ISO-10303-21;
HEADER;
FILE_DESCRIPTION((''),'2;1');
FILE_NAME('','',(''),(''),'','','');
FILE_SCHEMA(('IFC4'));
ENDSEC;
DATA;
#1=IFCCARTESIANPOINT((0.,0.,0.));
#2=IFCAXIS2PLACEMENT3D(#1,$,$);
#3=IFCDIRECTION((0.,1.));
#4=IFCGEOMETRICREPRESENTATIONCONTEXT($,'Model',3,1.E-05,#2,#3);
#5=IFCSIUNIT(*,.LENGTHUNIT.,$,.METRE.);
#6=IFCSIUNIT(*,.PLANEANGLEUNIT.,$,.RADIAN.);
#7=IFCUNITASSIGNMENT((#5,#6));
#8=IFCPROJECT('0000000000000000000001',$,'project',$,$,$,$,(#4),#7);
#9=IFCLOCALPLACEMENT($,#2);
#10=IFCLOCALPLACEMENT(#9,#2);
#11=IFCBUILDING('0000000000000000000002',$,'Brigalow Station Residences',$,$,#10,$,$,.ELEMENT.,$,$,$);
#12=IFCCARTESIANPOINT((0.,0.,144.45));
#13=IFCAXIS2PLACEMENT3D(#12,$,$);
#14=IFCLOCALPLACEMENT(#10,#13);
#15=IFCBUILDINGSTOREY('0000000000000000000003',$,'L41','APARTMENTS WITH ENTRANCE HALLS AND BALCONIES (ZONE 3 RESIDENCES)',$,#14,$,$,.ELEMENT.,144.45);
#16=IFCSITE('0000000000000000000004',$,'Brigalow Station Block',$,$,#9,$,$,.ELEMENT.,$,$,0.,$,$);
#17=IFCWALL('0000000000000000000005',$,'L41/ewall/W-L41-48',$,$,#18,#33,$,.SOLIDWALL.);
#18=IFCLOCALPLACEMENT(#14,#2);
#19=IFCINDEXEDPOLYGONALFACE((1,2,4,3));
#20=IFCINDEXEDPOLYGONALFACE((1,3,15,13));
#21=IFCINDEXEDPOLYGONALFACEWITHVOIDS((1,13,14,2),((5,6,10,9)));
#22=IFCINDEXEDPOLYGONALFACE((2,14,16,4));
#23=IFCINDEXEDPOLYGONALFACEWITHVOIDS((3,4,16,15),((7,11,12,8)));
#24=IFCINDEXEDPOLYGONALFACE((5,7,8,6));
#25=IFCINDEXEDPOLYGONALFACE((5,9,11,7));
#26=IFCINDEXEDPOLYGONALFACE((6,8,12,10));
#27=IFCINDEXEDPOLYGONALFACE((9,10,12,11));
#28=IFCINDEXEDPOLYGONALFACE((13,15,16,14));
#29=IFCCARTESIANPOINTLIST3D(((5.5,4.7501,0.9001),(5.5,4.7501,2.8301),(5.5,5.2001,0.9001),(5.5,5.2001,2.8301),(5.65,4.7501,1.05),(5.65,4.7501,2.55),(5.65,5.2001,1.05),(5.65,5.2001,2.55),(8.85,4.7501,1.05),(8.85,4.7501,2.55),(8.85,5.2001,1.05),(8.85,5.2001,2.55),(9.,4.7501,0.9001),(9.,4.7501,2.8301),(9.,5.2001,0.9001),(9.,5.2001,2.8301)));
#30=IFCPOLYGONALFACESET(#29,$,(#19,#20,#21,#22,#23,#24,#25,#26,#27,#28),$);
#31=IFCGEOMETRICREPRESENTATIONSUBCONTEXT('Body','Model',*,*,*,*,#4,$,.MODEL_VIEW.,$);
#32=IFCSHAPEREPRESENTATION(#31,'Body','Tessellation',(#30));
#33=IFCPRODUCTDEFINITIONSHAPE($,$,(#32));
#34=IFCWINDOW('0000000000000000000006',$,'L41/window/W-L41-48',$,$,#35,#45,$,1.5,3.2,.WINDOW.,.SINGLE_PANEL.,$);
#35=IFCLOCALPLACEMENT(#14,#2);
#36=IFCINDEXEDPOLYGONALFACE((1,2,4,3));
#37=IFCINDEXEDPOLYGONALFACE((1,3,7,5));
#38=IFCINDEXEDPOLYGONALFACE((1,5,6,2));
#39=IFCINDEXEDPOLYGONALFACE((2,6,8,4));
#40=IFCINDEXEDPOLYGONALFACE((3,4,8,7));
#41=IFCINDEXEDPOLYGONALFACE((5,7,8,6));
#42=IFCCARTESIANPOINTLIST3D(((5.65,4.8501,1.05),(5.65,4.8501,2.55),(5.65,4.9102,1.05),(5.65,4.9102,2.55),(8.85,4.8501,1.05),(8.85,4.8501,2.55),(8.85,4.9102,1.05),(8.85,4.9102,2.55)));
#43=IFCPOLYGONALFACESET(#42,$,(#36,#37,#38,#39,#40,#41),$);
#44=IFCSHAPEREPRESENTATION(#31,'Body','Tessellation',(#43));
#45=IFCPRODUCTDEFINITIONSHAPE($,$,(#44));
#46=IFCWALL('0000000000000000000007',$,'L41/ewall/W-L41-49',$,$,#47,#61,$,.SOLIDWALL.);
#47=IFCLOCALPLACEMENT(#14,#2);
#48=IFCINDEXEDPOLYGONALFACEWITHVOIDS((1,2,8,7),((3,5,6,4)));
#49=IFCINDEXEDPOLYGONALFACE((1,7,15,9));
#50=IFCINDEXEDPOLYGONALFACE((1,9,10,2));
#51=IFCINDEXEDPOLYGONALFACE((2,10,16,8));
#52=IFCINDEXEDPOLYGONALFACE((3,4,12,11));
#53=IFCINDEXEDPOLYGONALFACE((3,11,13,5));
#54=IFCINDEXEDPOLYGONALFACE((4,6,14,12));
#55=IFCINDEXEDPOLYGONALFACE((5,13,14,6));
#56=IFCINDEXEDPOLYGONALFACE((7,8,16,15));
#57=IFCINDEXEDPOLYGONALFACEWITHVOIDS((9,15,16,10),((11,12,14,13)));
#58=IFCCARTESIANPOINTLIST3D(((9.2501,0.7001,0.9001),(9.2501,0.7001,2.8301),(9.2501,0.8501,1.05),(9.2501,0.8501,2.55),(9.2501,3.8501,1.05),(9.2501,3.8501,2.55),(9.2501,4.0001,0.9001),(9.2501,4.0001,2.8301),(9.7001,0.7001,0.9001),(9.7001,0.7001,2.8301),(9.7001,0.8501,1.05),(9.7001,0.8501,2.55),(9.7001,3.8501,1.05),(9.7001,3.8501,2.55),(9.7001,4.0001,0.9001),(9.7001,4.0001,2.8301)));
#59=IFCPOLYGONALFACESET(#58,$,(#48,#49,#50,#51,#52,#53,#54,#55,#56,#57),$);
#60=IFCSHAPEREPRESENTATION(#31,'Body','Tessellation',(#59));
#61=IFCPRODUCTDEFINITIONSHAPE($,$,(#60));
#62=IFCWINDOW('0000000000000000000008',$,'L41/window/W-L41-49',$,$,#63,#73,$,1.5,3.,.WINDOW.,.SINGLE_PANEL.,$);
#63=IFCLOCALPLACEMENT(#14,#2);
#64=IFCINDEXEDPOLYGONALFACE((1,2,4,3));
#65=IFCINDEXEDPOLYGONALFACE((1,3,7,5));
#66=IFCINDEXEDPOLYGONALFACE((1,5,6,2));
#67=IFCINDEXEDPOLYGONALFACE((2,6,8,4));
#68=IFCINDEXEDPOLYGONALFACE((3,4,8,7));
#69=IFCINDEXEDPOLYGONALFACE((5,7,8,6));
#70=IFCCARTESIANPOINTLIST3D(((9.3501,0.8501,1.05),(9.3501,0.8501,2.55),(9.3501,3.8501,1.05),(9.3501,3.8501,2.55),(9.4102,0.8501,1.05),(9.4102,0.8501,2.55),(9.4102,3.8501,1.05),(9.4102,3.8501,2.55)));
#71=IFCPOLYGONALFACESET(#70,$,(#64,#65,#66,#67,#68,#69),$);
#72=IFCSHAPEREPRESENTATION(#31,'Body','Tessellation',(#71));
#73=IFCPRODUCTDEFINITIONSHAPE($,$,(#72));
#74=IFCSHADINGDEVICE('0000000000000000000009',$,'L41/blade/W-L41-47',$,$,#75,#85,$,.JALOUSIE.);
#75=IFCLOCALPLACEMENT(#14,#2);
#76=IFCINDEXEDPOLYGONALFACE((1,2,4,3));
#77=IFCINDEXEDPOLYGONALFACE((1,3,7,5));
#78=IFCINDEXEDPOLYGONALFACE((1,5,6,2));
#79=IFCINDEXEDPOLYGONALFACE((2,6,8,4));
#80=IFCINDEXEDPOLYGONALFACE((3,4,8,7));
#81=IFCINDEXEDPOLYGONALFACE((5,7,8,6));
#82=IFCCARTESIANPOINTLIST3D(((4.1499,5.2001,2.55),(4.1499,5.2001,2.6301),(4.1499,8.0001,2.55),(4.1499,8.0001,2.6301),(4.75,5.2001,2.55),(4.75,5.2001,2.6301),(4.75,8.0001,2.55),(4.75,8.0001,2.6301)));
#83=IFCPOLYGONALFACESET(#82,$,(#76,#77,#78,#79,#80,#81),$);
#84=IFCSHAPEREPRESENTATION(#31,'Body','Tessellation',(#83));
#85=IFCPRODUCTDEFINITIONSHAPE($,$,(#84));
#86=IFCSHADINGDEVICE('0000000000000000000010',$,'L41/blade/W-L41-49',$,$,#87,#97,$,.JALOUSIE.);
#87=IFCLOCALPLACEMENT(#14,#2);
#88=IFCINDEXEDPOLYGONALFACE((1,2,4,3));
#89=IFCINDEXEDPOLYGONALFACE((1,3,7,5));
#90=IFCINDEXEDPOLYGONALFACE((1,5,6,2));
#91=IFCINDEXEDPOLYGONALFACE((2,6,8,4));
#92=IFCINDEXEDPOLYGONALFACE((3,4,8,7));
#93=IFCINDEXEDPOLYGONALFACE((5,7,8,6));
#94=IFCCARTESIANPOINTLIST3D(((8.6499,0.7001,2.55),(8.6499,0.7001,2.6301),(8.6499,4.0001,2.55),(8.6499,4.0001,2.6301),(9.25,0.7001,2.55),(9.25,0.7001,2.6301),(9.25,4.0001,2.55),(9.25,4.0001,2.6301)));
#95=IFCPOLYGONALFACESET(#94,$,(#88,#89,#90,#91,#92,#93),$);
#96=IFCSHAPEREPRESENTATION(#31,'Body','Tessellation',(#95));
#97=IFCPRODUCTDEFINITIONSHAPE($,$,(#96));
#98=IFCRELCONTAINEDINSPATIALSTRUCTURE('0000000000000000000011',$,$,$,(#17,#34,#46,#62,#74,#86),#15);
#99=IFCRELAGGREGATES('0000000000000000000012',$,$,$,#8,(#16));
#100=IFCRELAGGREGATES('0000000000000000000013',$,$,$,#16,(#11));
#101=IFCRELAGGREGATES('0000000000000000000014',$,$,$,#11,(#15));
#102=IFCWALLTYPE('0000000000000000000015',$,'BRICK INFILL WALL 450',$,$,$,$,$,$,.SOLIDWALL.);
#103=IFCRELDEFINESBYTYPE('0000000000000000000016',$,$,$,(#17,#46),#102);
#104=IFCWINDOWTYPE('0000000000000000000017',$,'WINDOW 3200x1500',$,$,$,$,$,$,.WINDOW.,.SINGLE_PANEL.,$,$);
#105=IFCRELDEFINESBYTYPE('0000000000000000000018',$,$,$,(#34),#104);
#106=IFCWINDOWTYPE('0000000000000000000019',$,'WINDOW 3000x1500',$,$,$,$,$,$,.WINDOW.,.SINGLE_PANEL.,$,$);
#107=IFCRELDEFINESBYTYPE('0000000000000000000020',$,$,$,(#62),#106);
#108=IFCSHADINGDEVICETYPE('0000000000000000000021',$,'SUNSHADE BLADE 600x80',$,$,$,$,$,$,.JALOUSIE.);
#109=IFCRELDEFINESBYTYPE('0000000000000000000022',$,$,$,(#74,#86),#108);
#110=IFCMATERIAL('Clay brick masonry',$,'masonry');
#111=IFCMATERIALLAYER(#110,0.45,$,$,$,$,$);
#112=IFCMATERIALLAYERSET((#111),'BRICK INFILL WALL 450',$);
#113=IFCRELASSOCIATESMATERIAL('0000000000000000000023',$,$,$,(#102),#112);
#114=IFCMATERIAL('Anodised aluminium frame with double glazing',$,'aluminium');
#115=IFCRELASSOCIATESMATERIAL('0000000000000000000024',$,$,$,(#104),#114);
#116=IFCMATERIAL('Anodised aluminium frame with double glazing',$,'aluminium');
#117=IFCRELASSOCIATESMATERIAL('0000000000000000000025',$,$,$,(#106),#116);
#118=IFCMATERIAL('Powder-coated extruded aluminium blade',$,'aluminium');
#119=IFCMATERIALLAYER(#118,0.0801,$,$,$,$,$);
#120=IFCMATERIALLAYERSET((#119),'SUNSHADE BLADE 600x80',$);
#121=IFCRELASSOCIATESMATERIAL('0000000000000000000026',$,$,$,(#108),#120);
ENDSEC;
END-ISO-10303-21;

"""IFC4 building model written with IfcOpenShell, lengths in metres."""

from ifc_helpers import new_model, si_unit, direction, frame, frame_2d, origin, origin_2d, place, context, subcontext, project, spatial, rectangle, extrude, material, layer, layer_set, type_object, element, fill, save


model = new_model("IFC4")

# Units and contexts
model_context = context("Model", 3, precision=1e-05, world=origin(), true_north=direction((0.0, 1.0)))
body_context = subcontext(model_context, "Body", "Model", "MODEL_VIEW")
ifc_project = project(units=[si_unit("LENGTHUNIT", "METRE"), si_unit("PLANEANGLEUNIT", "RADIAN")], contexts=[model_context])

# Site, building, storey
site_placement = place(None, origin())
site = spatial("IfcSite", under=ifc_project, at=site_placement, Name="Brigalow Station Block", CompositionType="ELEMENT", RefElevation=0.0)
building_placement = place(site_placement, origin())
building = spatial("IfcBuilding", under=site, at=building_placement, Name="Brigalow Station Residences", CompositionType="ELEMENT")
storey_placement = place(building_placement, frame((0.0, 0.0, 144.45)))
storey = spatial("IfcBuildingStorey", under=building, at=storey_placement, Name="L41", Description="APARTMENTS WITH ENTRANCE HALLS AND BALCONIES (ZONE 3 RESIDENCES)", CompositionType="ELEMENT", Elevation=144.45)

# Walls, openings, windows
ifc_material_1 = material(Name="Clay brick masonry", Category="masonry")
ifc_layer_1 = layer(ifc_material_1, 0.45)
ifc_layer_set_1 = layer_set([ifc_layer_1], Name="BRICK INFILL WALL 450")
wall_type = type_object("IfcWallType", Name="BRICK INFILL WALL 450", PredefinedType="SOLIDWALL", material=ifc_layer_set_1)
wall_1_placement = place(storey_placement, frame((5.5, 4.9751, 0.9001), z_axis=(0.0, 0.0, 1.0), x_axis=(1.0, 0.0, 0.0)))
wall_1 = element("IfcWall", 1, at=wall_1_placement, inside=storey, type_object=wall_type, Name="L41/ewall/W-L41-48", PredefinedType="SOLIDWALL", context=body_context, shape_type="SweptSolid", body=[
    extrude(rectangle(XDim=3.5, YDim=0.45, at=frame_2d((1.75, 0.0))), origin(), (0.0, 0.0, 1.0), 1.9299),
])
opening_1_placement = place(wall_1_placement, frame((0.1499, 0.0, 0.1499)))
opening_1 = element("IfcOpeningElement", 2, at=opening_1_placement, cuts=wall_1, PredefinedType="OPENING", context=body_context, shape_type="SweptSolid", body=[
    extrude(rectangle(XDim=3.2, YDim=1.5, at=frame_2d((1.6001, 0.75))), frame((0.0, 0.2349, 0.0), z_axis=(0.0, -1.0, 0.0), x_axis=(1.0, 0.0, 0.0)), (0.0, 0.0, 1.0), 0.47),
])
ifc_material_2 = material(Name="Anodised aluminium frame with double glazing", Category="aluminium")
window_type_1 = type_object("IfcWindowType", Name="WINDOW 3200x1500", PartitioningType="SINGLE_PANEL", PredefinedType="WINDOW", material=ifc_material_2)
window_1_placement = place(opening_1_placement, origin())
window_1 = element("IfcWindow", 3, at=window_1_placement, inside=storey, type_object=window_type_1, Name="L41/window/W-L41-48", OverallHeight=1.5, OverallWidth=3.2, PartitioningType="SINGLE_PANEL", PredefinedType="WINDOW", context=body_context, shape_type="SweptSolid", body=[
    extrude(rectangle(XDim=3.2, YDim=1.5, at=frame_2d((1.6001, 0.75))), frame((0.0, -0.0649, 0.0), z_axis=(0.0, -1.0, 0.0), x_axis=(1.0, 0.0, 0.0)), (0.0, 0.0, 1.0), 0.0601),
])
fill(opening_1, window_1)
wall_2_placement = place(storey_placement, frame((9.4751, 4.0, 0.9001), z_axis=(0.0, 0.0, 1.0), x_axis=(0.0, -1.0, 0.0)))
wall_2 = element("IfcWall", 4, at=wall_2_placement, inside=storey, type_object=wall_type, Name="L41/ewall/W-L41-49", PredefinedType="SOLIDWALL", context=body_context, shape_type="SweptSolid", body=[
    extrude(rectangle(XDim=3.3, YDim=0.45, at=frame_2d((1.6499, 0.0))), origin(), (0.0, 0.0, 1.0), 1.9299),
])
opening_2_placement = place(wall_2_placement, frame((0.1499, 0.0, 0.1499)))
opening_2 = element("IfcOpeningElement", 5, at=opening_2_placement, cuts=wall_2, PredefinedType="OPENING", context=body_context, shape_type="SweptSolid", body=[
    extrude(rectangle(XDim=3.0, YDim=1.5, at=frame_2d((1.5, 0.75))), frame((0.0, 0.2349, 0.0), z_axis=(0.0, -1.0, 0.0), x_axis=(1.0, 0.0, 0.0)), (0.0, 0.0, 1.0), 0.47),
])
ifc_material_3 = material(Name="Anodised aluminium frame with double glazing", Category="aluminium")
window_type_2 = type_object("IfcWindowType", Name="WINDOW 3000x1500", PartitioningType="SINGLE_PANEL", PredefinedType="WINDOW", material=ifc_material_3)
window_2_placement = place(opening_2_placement, origin())
window_2 = element("IfcWindow", 6, at=window_2_placement, inside=storey, type_object=window_type_2, Name="L41/window/W-L41-49", OverallHeight=1.5, OverallWidth=3.0, PartitioningType="SINGLE_PANEL", PredefinedType="WINDOW", context=body_context, shape_type="SweptSolid", body=[
    extrude(rectangle(XDim=3.0, YDim=1.5, at=frame_2d((1.5, 0.75))), frame((0.0, -0.0649, 0.0), z_axis=(0.0, -1.0, 0.0), x_axis=(1.0, 0.0, 0.0)), (0.0, 0.0, 1.0), 0.0601),
])
fill(opening_2, window_2)

# Shading devices
ifc_material_4 = material(Name="Powder-coated extruded aluminium blade", Category="aluminium")
ifc_layer_2 = layer(ifc_material_4, 0.0801)
ifc_layer_set_2 = layer_set([ifc_layer_2], Name="SUNSHADE BLADE 600x80")
shading_device_type = type_object("IfcShadingDeviceType", Name="SUNSHADE BLADE 600x80", PredefinedType="JALOUSIE", material=ifc_layer_set_2)
shading_device_1_placement = place(storey_placement, frame((4.45, 6.6001, 2.55), z_axis=(0.0, 0.0, 1.0), x_axis=(0.0, -1.0, 0.0)))
element("IfcShadingDevice", 7, at=shading_device_1_placement, inside=storey, type_object=shading_device_type, Name="L41/blade/W-L41-47", PredefinedType="JALOUSIE", context=body_context, shape_type="SweptSolid", body=[
    extrude(rectangle(XDim=2.8, YDim=0.6001, at=origin_2d()), origin(), (0.0, 0.0, 1.0), 0.0801),
])
shading_device_2_placement = place(storey_placement, frame((8.95, 2.3501, 2.55), z_axis=(0.0, 0.0, 1.0), x_axis=(0.0, -1.0, 0.0)))
element("IfcShadingDevice", 8, at=shading_device_2_placement, inside=storey, type_object=shading_device_type, Name="L41/blade/W-L41-49", PredefinedType="JALOUSIE", context=body_context, shape_type="SweptSolid", body=[
    extrude(rectangle(XDim=3.3, YDim=0.6001, at=origin_2d()), origin(), (0.0, 0.0, 1.0), 0.0801),
])

save(model, "model.ifc")
